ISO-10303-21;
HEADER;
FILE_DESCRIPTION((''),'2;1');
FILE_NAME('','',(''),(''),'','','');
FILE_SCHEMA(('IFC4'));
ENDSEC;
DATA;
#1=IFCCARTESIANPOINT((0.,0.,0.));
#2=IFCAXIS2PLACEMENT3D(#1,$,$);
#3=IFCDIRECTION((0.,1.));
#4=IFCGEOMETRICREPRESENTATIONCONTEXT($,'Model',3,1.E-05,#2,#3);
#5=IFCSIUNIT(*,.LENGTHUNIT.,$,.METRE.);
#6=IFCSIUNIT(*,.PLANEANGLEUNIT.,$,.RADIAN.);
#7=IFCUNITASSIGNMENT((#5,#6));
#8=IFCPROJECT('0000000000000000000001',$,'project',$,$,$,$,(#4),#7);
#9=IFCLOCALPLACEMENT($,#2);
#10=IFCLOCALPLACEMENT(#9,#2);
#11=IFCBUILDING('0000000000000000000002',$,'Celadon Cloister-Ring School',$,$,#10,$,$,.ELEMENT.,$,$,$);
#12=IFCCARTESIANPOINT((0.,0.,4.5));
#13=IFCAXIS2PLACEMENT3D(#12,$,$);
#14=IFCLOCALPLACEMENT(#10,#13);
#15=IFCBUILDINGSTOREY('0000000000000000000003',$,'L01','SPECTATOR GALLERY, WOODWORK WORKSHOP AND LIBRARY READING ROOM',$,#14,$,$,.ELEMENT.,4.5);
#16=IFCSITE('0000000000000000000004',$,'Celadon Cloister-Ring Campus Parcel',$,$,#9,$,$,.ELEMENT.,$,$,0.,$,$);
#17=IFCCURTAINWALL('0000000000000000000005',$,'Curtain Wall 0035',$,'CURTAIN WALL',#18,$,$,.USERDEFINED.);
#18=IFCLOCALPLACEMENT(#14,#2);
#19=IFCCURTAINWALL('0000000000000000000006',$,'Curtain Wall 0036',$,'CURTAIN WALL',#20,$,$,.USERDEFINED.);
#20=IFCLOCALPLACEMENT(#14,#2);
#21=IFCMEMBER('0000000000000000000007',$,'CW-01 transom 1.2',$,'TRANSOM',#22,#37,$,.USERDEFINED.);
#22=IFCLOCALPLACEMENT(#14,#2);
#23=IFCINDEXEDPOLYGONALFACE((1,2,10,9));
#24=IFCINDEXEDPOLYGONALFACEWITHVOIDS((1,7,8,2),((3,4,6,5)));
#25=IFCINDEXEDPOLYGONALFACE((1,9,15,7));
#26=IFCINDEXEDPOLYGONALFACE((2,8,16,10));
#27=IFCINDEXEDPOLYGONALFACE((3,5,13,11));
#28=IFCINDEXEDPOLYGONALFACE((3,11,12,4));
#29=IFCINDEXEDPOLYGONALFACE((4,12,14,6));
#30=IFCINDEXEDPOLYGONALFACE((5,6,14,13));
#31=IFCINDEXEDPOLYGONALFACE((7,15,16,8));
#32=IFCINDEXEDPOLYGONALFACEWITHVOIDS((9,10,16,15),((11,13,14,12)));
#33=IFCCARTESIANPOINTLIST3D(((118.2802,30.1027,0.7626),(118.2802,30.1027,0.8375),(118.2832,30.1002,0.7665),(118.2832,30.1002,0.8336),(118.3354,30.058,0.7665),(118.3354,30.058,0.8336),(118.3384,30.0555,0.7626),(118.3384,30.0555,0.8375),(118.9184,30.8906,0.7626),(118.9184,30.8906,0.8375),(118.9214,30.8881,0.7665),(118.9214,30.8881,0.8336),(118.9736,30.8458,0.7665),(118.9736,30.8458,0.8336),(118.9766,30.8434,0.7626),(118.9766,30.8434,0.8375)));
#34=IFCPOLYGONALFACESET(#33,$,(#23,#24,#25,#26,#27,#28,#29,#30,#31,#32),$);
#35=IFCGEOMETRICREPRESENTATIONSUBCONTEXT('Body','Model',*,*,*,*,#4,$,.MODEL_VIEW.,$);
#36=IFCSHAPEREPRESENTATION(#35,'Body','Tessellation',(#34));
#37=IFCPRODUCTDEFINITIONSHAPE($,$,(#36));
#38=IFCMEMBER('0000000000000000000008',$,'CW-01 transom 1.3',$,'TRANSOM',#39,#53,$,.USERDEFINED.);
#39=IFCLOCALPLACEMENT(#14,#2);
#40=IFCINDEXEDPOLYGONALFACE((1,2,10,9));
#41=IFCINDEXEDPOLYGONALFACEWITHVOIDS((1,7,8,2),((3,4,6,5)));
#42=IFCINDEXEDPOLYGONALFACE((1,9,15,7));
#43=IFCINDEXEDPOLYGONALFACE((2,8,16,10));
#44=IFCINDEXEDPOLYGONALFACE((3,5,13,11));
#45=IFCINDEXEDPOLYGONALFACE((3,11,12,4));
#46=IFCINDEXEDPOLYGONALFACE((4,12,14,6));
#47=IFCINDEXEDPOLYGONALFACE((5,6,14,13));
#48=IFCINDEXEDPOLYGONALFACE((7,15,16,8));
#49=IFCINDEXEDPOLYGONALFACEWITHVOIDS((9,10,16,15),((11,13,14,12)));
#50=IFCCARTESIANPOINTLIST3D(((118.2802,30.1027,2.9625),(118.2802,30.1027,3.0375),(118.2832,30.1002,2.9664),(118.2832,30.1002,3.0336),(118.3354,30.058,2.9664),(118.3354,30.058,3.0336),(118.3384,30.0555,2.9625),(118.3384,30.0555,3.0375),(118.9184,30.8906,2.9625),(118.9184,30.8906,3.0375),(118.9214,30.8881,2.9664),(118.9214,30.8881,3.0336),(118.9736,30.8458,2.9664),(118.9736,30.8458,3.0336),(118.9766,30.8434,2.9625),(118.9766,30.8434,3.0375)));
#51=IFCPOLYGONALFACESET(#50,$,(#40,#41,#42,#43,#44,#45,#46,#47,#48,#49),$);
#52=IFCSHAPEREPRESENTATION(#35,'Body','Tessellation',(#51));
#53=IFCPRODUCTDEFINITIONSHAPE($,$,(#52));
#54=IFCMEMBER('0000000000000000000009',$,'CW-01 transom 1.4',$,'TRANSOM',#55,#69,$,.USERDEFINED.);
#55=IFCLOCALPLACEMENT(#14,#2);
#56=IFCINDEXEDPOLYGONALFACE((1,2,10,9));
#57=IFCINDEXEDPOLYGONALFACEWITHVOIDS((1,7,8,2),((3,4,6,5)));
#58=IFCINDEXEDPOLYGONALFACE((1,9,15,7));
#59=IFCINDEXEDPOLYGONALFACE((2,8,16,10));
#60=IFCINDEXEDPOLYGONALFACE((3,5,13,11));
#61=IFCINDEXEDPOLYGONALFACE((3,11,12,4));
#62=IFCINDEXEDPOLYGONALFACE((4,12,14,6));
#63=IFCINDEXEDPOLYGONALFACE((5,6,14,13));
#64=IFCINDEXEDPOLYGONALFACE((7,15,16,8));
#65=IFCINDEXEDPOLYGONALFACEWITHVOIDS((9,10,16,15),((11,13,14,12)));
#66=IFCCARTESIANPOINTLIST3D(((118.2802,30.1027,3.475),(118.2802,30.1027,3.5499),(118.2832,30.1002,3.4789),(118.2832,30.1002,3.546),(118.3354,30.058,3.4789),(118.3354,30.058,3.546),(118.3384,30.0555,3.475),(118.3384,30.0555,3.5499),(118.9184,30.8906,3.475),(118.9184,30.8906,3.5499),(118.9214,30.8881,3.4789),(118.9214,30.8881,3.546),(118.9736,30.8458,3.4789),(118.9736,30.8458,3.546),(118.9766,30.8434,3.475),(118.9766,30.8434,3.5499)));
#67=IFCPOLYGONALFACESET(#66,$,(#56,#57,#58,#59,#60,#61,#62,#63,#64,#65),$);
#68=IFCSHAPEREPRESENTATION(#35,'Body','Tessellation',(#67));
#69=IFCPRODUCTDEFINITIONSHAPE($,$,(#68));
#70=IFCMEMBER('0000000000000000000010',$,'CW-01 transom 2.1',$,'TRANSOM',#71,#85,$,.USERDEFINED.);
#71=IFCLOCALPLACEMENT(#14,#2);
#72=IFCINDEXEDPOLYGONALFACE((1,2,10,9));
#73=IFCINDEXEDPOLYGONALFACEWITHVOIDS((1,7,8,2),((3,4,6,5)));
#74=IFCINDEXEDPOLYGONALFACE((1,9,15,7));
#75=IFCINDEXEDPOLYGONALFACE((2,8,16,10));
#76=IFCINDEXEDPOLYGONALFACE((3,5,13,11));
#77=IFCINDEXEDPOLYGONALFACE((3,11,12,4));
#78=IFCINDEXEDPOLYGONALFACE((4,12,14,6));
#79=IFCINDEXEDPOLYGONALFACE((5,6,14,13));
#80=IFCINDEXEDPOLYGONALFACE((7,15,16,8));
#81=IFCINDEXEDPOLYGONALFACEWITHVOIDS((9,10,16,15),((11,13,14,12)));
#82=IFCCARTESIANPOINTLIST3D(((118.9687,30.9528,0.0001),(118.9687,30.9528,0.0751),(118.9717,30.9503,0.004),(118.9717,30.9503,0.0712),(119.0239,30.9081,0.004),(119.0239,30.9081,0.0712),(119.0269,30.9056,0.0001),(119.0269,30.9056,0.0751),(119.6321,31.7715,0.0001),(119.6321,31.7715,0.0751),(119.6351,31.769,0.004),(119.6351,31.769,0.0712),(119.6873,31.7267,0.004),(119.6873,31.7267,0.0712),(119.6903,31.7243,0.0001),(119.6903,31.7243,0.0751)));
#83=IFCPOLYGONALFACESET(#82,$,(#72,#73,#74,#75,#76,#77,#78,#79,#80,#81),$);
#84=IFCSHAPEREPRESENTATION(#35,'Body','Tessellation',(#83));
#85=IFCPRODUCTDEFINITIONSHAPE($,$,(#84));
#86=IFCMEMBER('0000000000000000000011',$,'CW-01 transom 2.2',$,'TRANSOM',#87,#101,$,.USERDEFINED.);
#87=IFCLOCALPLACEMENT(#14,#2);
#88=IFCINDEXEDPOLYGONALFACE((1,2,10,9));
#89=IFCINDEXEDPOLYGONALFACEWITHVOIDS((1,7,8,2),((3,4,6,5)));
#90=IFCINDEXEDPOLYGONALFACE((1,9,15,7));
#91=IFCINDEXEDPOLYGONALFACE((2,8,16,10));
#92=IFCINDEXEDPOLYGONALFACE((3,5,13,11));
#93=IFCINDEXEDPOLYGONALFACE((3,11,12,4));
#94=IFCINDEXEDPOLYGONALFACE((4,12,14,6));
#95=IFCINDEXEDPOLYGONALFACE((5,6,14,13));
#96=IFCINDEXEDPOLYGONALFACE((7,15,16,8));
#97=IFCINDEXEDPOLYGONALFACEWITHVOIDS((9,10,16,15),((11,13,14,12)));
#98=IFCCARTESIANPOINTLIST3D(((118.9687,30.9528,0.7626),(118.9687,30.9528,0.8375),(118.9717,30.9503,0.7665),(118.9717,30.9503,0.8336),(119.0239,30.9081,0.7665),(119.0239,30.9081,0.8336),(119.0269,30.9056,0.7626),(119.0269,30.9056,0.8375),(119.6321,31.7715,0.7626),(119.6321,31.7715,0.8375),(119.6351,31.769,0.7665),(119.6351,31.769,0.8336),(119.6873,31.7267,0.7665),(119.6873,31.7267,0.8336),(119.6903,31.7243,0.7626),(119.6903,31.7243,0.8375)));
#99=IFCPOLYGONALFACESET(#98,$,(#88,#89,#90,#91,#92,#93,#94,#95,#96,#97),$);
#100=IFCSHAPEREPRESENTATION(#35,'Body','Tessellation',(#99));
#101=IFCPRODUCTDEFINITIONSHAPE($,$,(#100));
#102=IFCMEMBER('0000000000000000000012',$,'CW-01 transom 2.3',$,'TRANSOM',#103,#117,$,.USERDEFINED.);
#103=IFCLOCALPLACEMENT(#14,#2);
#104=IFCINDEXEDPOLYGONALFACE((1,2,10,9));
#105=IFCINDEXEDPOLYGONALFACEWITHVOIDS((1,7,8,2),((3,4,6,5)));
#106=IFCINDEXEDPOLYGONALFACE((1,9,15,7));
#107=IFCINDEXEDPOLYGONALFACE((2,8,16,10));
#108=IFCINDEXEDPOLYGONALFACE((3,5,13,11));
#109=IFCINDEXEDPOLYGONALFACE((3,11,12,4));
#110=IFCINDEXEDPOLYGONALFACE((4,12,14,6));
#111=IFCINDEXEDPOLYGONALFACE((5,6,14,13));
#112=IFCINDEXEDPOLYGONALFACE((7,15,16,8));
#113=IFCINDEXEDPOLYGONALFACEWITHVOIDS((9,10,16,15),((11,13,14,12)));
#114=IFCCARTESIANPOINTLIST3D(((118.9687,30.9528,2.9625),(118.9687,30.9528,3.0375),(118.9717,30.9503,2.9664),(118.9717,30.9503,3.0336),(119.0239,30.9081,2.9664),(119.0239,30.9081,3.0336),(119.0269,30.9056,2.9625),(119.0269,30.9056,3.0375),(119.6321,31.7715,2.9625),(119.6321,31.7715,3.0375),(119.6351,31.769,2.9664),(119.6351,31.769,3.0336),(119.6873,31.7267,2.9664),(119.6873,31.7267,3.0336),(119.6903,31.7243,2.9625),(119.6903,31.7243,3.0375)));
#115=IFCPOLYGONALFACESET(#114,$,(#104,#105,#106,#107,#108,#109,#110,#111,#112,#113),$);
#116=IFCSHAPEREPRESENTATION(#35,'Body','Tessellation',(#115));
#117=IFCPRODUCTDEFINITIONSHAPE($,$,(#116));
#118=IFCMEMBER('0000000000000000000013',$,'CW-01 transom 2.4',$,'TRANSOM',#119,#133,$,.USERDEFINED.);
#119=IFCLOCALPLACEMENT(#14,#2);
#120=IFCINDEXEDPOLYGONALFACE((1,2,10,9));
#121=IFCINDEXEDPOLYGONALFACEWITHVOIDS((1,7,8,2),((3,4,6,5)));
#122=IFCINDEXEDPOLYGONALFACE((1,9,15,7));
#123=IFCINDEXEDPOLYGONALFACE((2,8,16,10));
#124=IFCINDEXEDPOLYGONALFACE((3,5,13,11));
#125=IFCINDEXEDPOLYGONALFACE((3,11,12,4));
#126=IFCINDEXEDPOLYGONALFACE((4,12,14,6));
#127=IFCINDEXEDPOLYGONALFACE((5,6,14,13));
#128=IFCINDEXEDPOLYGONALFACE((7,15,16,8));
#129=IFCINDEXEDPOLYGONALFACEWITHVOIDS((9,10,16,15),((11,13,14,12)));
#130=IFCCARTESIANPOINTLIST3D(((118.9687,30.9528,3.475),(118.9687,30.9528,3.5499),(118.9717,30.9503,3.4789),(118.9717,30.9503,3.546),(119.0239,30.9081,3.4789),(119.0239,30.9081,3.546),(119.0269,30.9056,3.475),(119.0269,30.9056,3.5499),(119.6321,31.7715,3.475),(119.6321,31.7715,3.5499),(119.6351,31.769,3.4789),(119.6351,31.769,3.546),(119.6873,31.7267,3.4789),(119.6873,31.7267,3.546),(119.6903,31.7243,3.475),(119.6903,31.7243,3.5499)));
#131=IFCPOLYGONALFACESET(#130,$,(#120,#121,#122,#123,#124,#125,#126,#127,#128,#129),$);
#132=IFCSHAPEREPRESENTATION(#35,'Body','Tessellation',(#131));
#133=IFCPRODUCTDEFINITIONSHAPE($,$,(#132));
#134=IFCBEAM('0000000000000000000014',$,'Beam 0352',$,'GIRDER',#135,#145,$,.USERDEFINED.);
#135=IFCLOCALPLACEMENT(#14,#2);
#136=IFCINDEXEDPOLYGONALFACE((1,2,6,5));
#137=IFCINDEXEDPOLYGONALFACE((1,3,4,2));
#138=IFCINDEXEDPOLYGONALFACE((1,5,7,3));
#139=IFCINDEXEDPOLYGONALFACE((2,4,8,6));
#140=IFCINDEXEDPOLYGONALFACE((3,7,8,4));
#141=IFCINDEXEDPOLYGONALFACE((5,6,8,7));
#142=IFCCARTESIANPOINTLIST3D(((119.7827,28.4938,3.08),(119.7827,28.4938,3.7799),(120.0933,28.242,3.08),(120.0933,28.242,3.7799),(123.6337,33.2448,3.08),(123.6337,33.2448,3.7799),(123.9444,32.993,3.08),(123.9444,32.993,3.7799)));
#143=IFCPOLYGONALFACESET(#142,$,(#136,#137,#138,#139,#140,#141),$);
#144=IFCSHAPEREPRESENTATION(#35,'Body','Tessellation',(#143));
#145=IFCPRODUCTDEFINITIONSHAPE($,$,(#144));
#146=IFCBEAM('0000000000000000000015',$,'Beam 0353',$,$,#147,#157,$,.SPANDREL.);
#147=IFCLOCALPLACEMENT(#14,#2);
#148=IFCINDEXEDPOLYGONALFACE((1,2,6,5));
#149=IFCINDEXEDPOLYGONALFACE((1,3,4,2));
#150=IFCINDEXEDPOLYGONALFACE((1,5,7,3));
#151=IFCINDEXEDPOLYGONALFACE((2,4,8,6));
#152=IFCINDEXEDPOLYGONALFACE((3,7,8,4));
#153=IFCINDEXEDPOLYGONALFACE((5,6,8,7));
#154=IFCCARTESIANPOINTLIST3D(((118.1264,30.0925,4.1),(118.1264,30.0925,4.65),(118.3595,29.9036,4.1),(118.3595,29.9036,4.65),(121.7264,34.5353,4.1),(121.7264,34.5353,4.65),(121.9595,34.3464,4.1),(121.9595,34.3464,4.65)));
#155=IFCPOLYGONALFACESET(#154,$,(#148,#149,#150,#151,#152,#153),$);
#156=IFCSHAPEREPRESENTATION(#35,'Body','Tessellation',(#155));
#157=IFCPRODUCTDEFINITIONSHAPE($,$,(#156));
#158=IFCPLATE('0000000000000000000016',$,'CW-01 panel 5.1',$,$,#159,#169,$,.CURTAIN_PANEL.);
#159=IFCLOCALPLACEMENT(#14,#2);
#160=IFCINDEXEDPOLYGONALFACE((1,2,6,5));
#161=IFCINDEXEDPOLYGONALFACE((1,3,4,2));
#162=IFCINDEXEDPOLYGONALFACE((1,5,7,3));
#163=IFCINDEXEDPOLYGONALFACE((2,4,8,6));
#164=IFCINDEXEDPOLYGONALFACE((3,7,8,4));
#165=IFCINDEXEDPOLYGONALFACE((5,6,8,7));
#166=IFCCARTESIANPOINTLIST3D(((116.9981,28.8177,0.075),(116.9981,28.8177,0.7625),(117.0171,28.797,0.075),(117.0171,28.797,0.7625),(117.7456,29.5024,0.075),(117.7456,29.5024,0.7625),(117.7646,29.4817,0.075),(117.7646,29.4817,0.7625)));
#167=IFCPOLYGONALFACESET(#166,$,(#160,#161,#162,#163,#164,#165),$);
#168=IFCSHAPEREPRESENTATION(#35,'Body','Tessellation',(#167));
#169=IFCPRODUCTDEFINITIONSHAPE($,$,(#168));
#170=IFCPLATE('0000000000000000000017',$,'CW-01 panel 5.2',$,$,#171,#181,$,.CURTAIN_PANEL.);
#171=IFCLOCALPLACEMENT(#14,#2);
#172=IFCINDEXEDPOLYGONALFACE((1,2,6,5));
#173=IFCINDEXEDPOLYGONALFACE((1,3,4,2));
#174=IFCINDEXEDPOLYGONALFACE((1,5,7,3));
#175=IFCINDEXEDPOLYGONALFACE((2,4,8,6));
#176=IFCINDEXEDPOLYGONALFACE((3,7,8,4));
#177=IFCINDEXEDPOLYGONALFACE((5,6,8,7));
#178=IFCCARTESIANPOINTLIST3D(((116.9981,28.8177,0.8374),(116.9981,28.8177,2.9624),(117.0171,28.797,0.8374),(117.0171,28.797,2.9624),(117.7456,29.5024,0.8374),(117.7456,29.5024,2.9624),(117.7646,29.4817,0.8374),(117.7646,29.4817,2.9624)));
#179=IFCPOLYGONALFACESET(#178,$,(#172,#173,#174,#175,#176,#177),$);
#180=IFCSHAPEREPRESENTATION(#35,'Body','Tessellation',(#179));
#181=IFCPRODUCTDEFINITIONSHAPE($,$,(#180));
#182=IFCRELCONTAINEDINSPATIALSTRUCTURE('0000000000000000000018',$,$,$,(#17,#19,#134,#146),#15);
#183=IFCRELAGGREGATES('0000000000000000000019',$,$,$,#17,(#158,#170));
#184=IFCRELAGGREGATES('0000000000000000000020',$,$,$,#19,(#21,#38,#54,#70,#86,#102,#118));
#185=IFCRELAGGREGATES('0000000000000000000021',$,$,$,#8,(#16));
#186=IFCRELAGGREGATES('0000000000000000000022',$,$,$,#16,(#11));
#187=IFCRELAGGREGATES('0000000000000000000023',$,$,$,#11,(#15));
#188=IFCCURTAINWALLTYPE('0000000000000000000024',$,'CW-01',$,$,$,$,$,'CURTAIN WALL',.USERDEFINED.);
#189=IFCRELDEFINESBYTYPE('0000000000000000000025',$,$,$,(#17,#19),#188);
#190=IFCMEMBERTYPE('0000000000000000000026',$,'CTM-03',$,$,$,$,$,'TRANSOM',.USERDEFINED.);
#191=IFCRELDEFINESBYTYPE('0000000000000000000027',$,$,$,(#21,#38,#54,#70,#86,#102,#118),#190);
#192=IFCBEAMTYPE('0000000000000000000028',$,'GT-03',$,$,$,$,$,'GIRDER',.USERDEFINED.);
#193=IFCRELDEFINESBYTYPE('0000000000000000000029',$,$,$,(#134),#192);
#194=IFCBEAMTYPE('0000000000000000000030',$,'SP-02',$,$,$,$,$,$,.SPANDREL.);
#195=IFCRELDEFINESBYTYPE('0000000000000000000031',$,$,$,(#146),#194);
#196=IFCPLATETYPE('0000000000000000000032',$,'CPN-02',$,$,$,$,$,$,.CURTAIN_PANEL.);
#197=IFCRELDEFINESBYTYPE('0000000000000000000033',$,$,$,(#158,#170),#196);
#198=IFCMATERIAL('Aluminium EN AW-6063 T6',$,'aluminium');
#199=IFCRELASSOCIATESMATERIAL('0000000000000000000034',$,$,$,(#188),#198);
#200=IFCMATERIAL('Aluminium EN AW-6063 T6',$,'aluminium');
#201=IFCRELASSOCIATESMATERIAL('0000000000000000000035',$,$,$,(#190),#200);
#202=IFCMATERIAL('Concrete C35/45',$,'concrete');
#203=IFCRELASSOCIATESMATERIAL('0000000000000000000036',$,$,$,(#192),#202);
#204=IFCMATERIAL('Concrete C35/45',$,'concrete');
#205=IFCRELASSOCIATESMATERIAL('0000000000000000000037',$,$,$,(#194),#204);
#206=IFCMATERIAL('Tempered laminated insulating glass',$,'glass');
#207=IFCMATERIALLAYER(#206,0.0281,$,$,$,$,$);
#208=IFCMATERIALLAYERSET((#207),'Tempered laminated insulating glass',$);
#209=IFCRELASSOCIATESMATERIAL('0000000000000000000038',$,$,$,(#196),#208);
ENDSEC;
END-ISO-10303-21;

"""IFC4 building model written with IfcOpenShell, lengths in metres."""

from ifc_helpers import new_model, si_unit, direction, frame, origin, origin_2d, place, context, subcontext, project, spatial, rectangle, hollow_rectangle, extrude, material, layer, layer_set, material_profile, profile_set, type_object, element, aggregate, save


model = new_model("IFC4")

# Units and contexts
model_context = context("Model", 3, precision=1e-05, world=origin(), true_north=direction((0.0, 1.0)))
body_context = subcontext(model_context, "Body", "Model", "MODEL_VIEW")
ifc_project = project(units=[si_unit("LENGTHUNIT", "METRE"), si_unit("PLANEANGLEUNIT", "RADIAN")], contexts=[model_context])

# Site, building, storey
site_placement = place(None, origin())
site = spatial("IfcSite", under=ifc_project, at=site_placement, Name="Celadon Cloister-Ring Campus Parcel", CompositionType="ELEMENT", RefElevation=0.0)
building_placement = place(site_placement, origin())
building = spatial("IfcBuilding", under=site, at=building_placement, Name="Celadon Cloister-Ring School", CompositionType="ELEMENT")
storey_placement = place(building_placement, frame((0.0, 0.0, 4.5)))
storey = spatial("IfcBuildingStorey", under=building, at=storey_placement, Name="L01", Description="SPECTATOR GALLERY, WOODWORK WORKSHOP AND LIBRARY READING ROOM", CompositionType="ELEMENT", Elevation=4.5)

# Curtain wall
ifc_material_1 = material(Name="Aluminium EN AW-6063 T6", Category="aluminium")
curtain_wall_type = type_object("IfcCurtainWallType", Name="CW-01", ElementType="CURTAIN WALL", PredefinedType="USERDEFINED", material=ifc_material_1)
curtain_wall_1_placement = place(storey_placement, origin())
curtain_wall_1 = element("IfcCurtainWall", 1, at=curtain_wall_1_placement, inside=storey, type_object=curtain_wall_type, Name="Curtain Wall 0035", ObjectType="CURTAIN WALL", PredefinedType="USERDEFINED")

# Curtain wall
curtain_wall_2_placement = place(storey_placement, origin())
curtain_wall_2 = element("IfcCurtainWall", 2, at=curtain_wall_2_placement, inside=storey, type_object=curtain_wall_type, Name="Curtain Wall 0036", ObjectType="CURTAIN WALL", PredefinedType="USERDEFINED")

# Members
ifc_material_2 = material(Name="Aluminium EN AW-6063 T6", Category="aluminium")
ifc_material_profile_1 = material_profile(ifc_material_2, hollow_rectangle(XDim=0.075, YDim=0.075, WallThickness=0.0039, at=origin_2d()), Name="RHS75X75X4")
ifc_profile_set_1 = profile_set([ifc_material_profile_1], Name="Aluminium EN AW-6063 T6")
member_type_1 = type_object("IfcMemberType", Name="CTM-03", ElementType="TRANSOM", PredefinedType="USERDEFINED", material=ifc_profile_set_1)
member_1_placement = place(storey_placement, frame((118.3093, 30.0791, 0.8), z_axis=(0.629441, 0.777049, 0.0), x_axis=(-0.777049, 0.629441, 0.0)))
member_1 = element("IfcMember", 3, at=member_1_placement, type_object=member_type_1, Name="CW-01 transom 1.2", ObjectType="TRANSOM", PredefinedType="USERDEFINED", context=body_context, shape_type="SweptSolid", body=[
    extrude(hollow_rectangle(XDim=0.075, YDim=0.075, WallThickness=0.0039, at=origin_2d()), origin(), (0.0, 0.0, 1.0), 1.0139),
])
member_2_placement = place(storey_placement, frame((118.3093, 30.0791, 3.0), z_axis=(0.629441, 0.777049, 0.0), x_axis=(-0.777049, 0.629441, 0.0)))
member_2 = element("IfcMember", 4, at=member_2_placement, type_object=member_type_1, Name="CW-01 transom 1.3", ObjectType="TRANSOM", PredefinedType="USERDEFINED", context=body_context, shape_type="SweptSolid", body=[
    extrude(hollow_rectangle(XDim=0.075, YDim=0.075, WallThickness=0.0039, at=origin_2d()), origin(), (0.0, 0.0, 1.0), 1.0139),
])
member_3_placement = place(storey_placement, frame((118.3093, 30.0791, 3.5125), z_axis=(0.629441, 0.777049, 0.0), x_axis=(-0.777049, 0.629441, 0.0)))
member_3 = element("IfcMember", 5, at=member_3_placement, type_object=member_type_1, Name="CW-01 transom 1.4", ObjectType="TRANSOM", PredefinedType="USERDEFINED", context=body_context, shape_type="SweptSolid", body=[
    extrude(hollow_rectangle(XDim=0.075, YDim=0.075, WallThickness=0.0039, at=origin_2d()), origin(), (0.0, 0.0, 1.0), 1.0139),
])
member_4_placement = place(storey_placement, frame((118.9978, 30.9292, 0.0376), z_axis=(0.629571, 0.776943, 0.0), x_axis=(-0.776943, 0.629571, 0.0)))
member_4 = element("IfcMember", 6, at=member_4_placement, type_object=member_type_1, Name="CW-01 transom 2.1", ObjectType="TRANSOM", PredefinedType="USERDEFINED", context=body_context, shape_type="SweptSolid", body=[
    extrude(hollow_rectangle(XDim=0.075, YDim=0.075, WallThickness=0.0039, at=origin_2d()), origin(), (0.0, 0.0, 1.0), 1.0537),
])
member_5_placement = place(storey_placement, frame((118.9978, 30.9292, 0.8), z_axis=(0.629571, 0.776943, 0.0), x_axis=(-0.776943, 0.629571, 0.0)))
member_5 = element("IfcMember", 7, at=member_5_placement, type_object=member_type_1, Name="CW-01 transom 2.2", ObjectType="TRANSOM", PredefinedType="USERDEFINED", context=body_context, shape_type="SweptSolid", body=[
    extrude(hollow_rectangle(XDim=0.075, YDim=0.075, WallThickness=0.0039, at=origin_2d()), origin(), (0.0, 0.0, 1.0), 1.0537),
])
member_6_placement = place(storey_placement, frame((118.9978, 30.9292, 3.0), z_axis=(0.629571, 0.776943, 0.0), x_axis=(-0.776943, 0.629571, 0.0)))
member_6 = element("IfcMember", 8, at=member_6_placement, type_object=member_type_1, Name="CW-01 transom 2.3", ObjectType="TRANSOM", PredefinedType="USERDEFINED", context=body_context, shape_type="SweptSolid", body=[
    extrude(hollow_rectangle(XDim=0.075, YDim=0.075, WallThickness=0.0039, at=origin_2d()), origin(), (0.0, 0.0, 1.0), 1.0537),
])
member_7_placement = place(storey_placement, frame((118.9978, 30.9292, 3.5125), z_axis=(0.629571, 0.776943, 0.0), x_axis=(-0.776943, 0.629571, 0.0)))
member_7 = element("IfcMember", 9, at=member_7_placement, type_object=member_type_1, Name="CW-01 transom 2.4", ObjectType="TRANSOM", PredefinedType="USERDEFINED", context=body_context, shape_type="SweptSolid", body=[
    extrude(hollow_rectangle(XDim=0.075, YDim=0.075, WallThickness=0.0039, at=origin_2d()), origin(), (0.0, 0.0, 1.0), 1.0537),
])

# Beams
ifc_material_3 = material(Name="Concrete C35/45", Category="concrete")
ifc_material_profile_2 = material_profile(ifc_material_3, rectangle(XDim=0.3999, YDim=0.7, at=origin_2d()), Name="RC400X700")
ifc_profile_set_2 = profile_set([ifc_material_profile_2], Name="Concrete C35/45")
beam_type_1 = type_object("IfcBeamType", Name="GT-03", ElementType="GIRDER", PredefinedType="USERDEFINED", material=ifc_profile_set_2)
beam_1_placement = place(storey_placement, frame((119.938, 28.3679, 3.4299), z_axis=(0.629696, 0.776841, 0.0), x_axis=(-0.776841, 0.629696, 0.0)))
element("IfcBeam", 10, at=beam_1_placement, inside=storey, type_object=beam_type_1, Name="Beam 0352", ObjectType="GIRDER", PredefinedType="USERDEFINED", context=body_context, shape_type="SweptSolid", body=[
    extrude(rectangle(XDim=0.3999, YDim=0.7, at=origin_2d()), origin(), (0.0, 0.0, 1.0), 6.1157),
])
ifc_material_4 = material(Name="Concrete C35/45", Category="concrete")
ifc_material_profile_3 = material_profile(ifc_material_4, rectangle(XDim=0.3, YDim=0.55, at=origin_2d()), Name="RC300X550")
ifc_profile_set_3 = profile_set([ifc_material_profile_3], Name="Concrete C35/45")
beam_type_2 = type_object("IfcBeamType", Name="SP-02", PredefinedType="SPANDREL", material=ifc_profile_set_3)
beam_2_placement = place(storey_placement, frame((118.2429, 29.998, 4.375), z_axis=(0.629567, 0.776947, 0.0), x_axis=(-0.776947, 0.629567, 0.0)))
element("IfcBeam", 11, at=beam_2_placement, inside=storey, type_object=beam_type_2, Name="Beam 0353", PredefinedType="SPANDREL", context=body_context, shape_type="SweptSolid", body=[
    extrude(rectangle(XDim=0.3, YDim=0.55, at=origin_2d()), origin(), (0.0, 0.0, 1.0), 5.7183),
])

# Plates
ifc_material_5 = material(Name="Tempered laminated insulating glass", Category="glass")
ifc_layer_1 = layer(ifc_material_5, 0.0281)
ifc_layer_set_1 = layer_set([ifc_layer_1], Name="Tempered laminated insulating glass")
plate_type = type_object("IfcPlateType", Name="CPN-02", PredefinedType="CURTAIN_PANEL", material=ifc_layer_set_1)
plate_1_placement = place(storey_placement, frame((117.3813, 29.1497, 0.075), z_axis=(0.0, 0.0, 1.0), x_axis=(0.737388, 0.675469, 0.0)))
plate_1 = element("IfcPlate", 12, at=plate_1_placement, type_object=plate_type, Name="CW-01 panel 5.1", PredefinedType="CURTAIN_PANEL", context=body_context, shape_type="SweptSolid", body=[
    extrude(rectangle(XDim=1.0137, YDim=0.0281, at=origin_2d()), origin(), (0.0, 0.0, 1.0), 0.6875),
])
plate_2_placement = place(storey_placement, frame((117.3813, 29.1497, 0.8374), z_axis=(0.0, 0.0, 1.0), x_axis=(0.737388, 0.675469, 0.0)))
plate_2 = element("IfcPlate", 13, at=plate_2_placement, type_object=plate_type, Name="CW-01 panel 5.2", PredefinedType="CURTAIN_PANEL", context=body_context, shape_type="SweptSolid", body=[
    extrude(rectangle(XDim=1.0137, YDim=0.0281, at=origin_2d()), origin(), (0.0, 0.0, 1.0), 2.125),
])
aggregate(curtain_wall_1, [plate_1, plate_2])
aggregate(curtain_wall_2, [member_1, member_2, member_3, member_4, member_5, member_6, member_7])

save(model, "model.ifc")
